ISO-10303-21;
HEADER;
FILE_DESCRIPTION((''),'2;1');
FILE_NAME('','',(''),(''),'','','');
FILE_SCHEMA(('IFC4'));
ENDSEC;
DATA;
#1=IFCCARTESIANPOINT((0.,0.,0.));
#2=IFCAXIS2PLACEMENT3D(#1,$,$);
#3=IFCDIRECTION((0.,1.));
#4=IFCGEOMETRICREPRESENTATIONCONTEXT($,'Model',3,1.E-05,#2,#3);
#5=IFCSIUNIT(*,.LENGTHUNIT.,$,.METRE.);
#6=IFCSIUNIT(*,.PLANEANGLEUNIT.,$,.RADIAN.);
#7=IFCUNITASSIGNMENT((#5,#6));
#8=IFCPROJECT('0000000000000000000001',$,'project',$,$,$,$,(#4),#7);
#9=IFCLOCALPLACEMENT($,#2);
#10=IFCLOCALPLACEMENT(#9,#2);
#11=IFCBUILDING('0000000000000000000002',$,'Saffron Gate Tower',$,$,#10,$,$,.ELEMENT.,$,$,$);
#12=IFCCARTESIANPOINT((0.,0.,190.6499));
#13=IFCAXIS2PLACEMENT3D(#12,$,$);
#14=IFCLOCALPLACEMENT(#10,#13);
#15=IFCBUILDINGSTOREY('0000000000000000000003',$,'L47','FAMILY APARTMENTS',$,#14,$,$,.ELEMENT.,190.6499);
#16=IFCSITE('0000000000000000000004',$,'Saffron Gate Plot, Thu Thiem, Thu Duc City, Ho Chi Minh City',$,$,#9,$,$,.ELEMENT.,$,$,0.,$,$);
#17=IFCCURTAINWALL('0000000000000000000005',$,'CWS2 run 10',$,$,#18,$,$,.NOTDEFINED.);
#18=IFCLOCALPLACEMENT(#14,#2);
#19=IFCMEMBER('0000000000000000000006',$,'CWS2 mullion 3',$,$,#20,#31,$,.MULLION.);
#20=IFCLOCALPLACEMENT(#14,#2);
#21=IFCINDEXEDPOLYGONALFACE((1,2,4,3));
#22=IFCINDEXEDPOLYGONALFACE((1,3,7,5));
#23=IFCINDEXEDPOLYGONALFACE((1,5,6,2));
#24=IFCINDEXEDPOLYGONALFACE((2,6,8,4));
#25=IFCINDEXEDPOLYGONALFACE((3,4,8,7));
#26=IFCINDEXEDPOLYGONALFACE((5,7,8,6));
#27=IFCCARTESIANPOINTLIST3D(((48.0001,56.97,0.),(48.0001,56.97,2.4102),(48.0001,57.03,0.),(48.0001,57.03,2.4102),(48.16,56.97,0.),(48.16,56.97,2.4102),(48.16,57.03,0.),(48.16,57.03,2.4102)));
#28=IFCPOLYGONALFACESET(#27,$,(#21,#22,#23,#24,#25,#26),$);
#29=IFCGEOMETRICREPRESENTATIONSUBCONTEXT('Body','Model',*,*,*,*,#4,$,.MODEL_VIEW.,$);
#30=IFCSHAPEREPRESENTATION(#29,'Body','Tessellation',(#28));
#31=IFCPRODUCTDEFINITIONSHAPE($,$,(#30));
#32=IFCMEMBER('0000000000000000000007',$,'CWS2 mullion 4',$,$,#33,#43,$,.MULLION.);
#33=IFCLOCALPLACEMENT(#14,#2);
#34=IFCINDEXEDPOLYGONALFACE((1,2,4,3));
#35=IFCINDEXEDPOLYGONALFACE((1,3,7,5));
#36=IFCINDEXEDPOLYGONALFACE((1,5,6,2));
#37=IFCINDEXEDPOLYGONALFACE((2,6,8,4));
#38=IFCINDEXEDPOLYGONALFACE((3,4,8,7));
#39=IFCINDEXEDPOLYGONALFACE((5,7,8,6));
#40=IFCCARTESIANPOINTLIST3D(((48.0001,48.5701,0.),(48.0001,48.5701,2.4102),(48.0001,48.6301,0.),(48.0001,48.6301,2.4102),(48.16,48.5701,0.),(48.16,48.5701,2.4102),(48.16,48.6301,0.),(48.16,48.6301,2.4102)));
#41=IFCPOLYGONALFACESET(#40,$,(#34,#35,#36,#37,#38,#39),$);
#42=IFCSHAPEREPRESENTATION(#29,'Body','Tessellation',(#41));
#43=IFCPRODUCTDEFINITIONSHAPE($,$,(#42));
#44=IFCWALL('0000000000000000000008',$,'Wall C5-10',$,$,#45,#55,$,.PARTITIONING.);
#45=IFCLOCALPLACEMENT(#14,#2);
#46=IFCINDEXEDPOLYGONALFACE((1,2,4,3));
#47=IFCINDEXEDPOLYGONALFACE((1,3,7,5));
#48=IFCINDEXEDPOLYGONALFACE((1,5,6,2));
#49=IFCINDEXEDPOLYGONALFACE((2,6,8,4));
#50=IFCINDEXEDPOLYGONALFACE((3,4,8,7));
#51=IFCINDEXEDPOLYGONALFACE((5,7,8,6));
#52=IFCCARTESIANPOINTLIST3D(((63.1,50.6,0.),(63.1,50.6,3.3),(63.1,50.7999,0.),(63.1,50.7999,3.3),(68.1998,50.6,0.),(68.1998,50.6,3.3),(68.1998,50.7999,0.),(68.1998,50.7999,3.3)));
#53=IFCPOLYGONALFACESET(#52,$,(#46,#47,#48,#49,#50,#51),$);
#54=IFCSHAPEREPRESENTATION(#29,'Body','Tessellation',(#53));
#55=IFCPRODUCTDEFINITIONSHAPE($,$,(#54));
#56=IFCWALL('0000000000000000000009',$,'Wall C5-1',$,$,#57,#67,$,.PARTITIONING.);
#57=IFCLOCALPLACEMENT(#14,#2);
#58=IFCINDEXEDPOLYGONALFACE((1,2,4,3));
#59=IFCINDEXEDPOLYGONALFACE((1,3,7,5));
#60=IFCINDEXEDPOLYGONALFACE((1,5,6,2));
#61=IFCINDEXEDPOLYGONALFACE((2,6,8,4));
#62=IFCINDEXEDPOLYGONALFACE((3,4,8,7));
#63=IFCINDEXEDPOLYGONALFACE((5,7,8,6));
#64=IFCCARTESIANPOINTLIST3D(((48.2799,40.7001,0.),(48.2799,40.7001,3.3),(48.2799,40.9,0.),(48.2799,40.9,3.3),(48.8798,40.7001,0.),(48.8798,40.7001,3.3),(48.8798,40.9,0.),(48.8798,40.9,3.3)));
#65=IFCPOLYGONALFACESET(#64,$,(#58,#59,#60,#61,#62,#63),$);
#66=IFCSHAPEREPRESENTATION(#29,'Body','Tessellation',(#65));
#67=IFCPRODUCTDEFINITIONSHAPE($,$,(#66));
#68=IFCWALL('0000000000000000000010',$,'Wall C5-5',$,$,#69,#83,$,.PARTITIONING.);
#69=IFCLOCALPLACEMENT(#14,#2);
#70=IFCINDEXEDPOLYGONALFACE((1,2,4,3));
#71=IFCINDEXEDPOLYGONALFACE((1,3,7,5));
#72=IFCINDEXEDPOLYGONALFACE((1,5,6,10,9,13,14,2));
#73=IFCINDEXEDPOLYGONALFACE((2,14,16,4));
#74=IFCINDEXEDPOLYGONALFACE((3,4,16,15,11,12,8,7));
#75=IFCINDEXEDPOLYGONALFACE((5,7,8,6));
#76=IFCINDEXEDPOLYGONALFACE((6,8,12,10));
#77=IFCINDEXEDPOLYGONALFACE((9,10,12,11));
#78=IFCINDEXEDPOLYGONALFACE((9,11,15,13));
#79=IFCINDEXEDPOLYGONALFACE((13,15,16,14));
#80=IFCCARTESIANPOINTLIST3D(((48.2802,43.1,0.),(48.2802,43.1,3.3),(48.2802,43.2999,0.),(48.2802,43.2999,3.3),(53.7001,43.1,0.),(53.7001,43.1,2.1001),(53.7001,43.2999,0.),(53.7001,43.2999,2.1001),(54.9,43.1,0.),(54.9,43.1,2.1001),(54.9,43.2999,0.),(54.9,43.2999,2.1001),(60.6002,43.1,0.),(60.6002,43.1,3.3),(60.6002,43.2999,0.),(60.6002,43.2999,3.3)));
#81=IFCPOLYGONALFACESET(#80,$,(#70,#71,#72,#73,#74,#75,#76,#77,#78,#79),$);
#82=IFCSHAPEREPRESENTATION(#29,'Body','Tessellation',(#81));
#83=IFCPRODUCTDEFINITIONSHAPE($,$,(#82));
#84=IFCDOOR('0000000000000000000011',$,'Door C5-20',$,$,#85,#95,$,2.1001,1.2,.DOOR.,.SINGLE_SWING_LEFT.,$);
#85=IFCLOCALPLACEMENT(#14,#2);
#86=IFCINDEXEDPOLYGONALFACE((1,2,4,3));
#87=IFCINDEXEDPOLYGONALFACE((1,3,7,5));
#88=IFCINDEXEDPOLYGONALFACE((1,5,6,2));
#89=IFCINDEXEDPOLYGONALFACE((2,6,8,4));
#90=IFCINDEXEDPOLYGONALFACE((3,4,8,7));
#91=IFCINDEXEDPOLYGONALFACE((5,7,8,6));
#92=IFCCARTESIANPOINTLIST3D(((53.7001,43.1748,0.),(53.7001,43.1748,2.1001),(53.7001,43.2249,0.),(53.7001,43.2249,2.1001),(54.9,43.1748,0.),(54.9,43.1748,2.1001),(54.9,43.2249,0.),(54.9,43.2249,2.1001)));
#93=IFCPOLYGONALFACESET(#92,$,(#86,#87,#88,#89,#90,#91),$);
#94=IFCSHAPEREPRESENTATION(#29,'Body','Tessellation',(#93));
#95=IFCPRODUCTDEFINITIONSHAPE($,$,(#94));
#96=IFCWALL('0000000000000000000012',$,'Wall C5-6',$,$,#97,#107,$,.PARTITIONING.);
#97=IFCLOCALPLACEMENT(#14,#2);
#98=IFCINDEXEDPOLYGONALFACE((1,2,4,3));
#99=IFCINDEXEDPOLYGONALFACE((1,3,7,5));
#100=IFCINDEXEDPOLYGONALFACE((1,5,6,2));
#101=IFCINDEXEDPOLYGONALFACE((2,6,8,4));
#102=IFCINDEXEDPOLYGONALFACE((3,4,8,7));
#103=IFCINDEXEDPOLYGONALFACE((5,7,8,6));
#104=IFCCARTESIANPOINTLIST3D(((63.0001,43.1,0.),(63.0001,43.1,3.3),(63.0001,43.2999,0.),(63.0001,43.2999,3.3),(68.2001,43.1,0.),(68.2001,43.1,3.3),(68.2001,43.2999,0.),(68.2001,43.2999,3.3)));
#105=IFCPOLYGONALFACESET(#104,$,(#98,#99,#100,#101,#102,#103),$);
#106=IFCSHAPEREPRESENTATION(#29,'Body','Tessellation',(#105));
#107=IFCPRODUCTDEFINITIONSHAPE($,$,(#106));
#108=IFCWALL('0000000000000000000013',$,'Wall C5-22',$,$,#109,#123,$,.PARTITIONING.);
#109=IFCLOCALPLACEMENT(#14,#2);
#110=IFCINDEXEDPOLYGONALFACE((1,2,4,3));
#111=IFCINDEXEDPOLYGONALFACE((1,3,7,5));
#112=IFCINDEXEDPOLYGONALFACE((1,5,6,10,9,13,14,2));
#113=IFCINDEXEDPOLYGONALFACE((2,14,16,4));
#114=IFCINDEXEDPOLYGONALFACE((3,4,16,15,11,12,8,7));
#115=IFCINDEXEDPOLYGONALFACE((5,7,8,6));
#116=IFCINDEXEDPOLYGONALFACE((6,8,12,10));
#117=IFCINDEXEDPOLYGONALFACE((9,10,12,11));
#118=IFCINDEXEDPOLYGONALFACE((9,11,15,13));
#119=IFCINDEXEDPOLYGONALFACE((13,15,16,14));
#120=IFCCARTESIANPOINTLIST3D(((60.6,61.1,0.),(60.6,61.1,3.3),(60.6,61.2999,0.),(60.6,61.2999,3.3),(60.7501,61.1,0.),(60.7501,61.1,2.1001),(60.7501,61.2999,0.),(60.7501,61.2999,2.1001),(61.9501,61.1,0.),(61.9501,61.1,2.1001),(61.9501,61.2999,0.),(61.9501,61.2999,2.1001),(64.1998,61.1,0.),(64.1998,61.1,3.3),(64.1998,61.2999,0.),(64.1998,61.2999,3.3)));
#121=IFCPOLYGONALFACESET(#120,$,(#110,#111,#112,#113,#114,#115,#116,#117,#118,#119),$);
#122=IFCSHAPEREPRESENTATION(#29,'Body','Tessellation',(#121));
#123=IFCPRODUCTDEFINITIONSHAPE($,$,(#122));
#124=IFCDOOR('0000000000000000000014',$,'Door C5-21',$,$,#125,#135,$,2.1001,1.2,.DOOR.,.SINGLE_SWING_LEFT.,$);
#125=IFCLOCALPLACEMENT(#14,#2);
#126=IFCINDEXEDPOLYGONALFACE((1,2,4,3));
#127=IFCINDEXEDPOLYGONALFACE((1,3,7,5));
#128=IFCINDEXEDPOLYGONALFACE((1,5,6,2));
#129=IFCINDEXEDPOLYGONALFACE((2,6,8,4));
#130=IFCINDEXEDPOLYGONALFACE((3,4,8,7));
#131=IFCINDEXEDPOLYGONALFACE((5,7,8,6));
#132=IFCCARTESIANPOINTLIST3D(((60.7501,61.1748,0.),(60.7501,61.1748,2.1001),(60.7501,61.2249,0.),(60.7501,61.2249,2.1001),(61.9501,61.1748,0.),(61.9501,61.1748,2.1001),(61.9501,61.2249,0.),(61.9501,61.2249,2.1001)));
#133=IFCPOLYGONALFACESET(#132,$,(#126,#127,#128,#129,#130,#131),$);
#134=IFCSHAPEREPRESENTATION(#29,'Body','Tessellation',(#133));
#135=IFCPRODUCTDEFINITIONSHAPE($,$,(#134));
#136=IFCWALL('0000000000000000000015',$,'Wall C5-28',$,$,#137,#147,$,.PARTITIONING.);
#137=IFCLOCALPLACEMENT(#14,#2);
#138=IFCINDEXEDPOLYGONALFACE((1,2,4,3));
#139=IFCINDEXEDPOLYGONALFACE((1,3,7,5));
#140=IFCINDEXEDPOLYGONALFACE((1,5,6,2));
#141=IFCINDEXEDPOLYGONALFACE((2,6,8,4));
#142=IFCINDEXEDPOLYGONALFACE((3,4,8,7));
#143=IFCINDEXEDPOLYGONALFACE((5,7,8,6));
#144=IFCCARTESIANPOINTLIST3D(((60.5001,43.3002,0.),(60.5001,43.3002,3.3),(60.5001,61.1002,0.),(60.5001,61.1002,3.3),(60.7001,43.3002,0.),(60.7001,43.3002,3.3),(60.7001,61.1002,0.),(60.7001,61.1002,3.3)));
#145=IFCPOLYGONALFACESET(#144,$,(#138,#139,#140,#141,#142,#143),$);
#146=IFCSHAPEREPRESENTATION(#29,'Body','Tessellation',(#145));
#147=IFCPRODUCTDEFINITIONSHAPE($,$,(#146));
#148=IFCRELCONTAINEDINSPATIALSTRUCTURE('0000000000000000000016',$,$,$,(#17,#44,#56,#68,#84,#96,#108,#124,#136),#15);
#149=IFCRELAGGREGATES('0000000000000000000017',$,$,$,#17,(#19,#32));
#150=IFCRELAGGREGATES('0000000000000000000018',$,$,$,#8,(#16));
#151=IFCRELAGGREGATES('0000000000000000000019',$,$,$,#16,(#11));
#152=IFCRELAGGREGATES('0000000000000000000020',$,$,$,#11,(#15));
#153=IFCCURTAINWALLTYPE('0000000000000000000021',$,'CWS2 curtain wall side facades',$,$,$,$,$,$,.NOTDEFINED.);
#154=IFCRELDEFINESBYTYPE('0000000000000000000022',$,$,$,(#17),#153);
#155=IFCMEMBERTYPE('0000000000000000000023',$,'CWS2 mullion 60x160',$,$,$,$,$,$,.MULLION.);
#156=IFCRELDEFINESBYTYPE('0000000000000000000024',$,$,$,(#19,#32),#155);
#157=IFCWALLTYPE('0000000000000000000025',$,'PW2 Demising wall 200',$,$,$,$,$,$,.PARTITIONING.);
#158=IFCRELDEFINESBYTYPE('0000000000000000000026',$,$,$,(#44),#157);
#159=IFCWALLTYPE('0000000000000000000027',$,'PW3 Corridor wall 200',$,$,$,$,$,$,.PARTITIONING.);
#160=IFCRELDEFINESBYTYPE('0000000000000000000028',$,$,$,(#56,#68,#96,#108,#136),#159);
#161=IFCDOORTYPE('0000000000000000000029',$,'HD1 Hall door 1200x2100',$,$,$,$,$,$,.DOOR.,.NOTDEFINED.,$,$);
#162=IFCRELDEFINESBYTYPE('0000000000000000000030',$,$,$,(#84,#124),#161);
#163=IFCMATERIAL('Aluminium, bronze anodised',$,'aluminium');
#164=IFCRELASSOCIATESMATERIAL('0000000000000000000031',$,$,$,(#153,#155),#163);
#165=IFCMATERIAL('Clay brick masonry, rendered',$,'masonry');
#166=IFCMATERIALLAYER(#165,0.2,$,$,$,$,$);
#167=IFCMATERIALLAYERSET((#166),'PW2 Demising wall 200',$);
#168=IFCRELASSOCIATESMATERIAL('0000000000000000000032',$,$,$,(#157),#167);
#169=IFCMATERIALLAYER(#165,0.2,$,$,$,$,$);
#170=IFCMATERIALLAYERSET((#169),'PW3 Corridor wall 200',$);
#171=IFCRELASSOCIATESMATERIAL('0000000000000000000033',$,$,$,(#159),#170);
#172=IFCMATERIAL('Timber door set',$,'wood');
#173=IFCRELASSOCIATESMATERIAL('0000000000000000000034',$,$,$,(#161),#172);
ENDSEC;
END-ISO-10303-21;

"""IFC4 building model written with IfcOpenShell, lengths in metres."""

from ifc_helpers import new_model, si_unit, direction, frame, frame_2d, origin, origin_2d, place, context, subcontext, project, spatial, rectangle, extrude, material, layer, layer_set, material_profile, profile_set, type_object, element, fill, aggregate, save


model = new_model("IFC4")

# Units and contexts
model_context = context("Model", 3, precision=1e-05, world=origin(), true_north=direction((0.0, 1.0)))
body_context = subcontext(model_context, "Body", "Model", "MODEL_VIEW")
ifc_project = project(units=[si_unit("LENGTHUNIT", "METRE"), si_unit("PLANEANGLEUNIT", "RADIAN")], contexts=[model_context])

# Site, building, storey
site_placement = place(None, origin())
site = spatial("IfcSite", under=ifc_project, at=site_placement, Name="Saffron Gate Plot, Thu Thiem, Thu Duc City, Ho Chi Minh City", CompositionType="ELEMENT", RefElevation=0.0)
building_placement = place(site_placement, origin())
building = spatial("IfcBuilding", under=site, at=building_placement, Name="Saffron Gate Tower", CompositionType="ELEMENT")
storey_placement = place(building_placement, frame((0.0, 0.0, 190.6499)))
storey = spatial("IfcBuildingStorey", under=building, at=storey_placement, Name="L47", Description="FAMILY APARTMENTS", CompositionType="ELEMENT", Elevation=190.6499)

# Curtain wall, members
ifc_material_1 = material(Name="Aluminium, bronze anodised", Category="aluminium")
curtain_wall_type = type_object("IfcCurtainWallType", Name="CWS2 curtain wall side facades", PredefinedType="NOTDEFINED", material=ifc_material_1)
curtain_wall_placement = place(storey_placement, origin())
curtain_wall = element("IfcCurtainWall", 1, at=curtain_wall_placement, inside=storey, type_object=curtain_wall_type, Name="CWS2 run 10", PredefinedType="NOTDEFINED")
ifc_material_profile_1 = material_profile(ifc_material_1, rectangle(XDim=0.1599, YDim=0.0601, at=origin_2d()))
ifc_profile_set_1 = profile_set([ifc_material_profile_1], Name="Aluminium, bronze anodised")
member_type = type_object("IfcMemberType", Name="CWS2 mullion 60x160", PredefinedType="MULLION", material=ifc_profile_set_1)
member_1_placement = place(storey_placement, frame((48.0801, 57.0, 0.0), z_axis=(0.0, 0.0, 1.0), x_axis=(1.0, 0.0, 0.0)))
member_1 = element("IfcMember", 2, at=member_1_placement, type_object=member_type, Name="CWS2 mullion 3", PredefinedType="MULLION", context=body_context, shape_type="SweptSolid", body=[
    extrude(rectangle(XDim=0.1599, YDim=0.0601, at=origin_2d()), origin(), (0.0, 0.0, 1.0), 2.4102),
])
member_2_placement = place(storey_placement, frame((48.0801, 48.6001, 0.0), z_axis=(0.0, 0.0, 1.0), x_axis=(1.0, 0.0, 0.0)))
member_2 = element("IfcMember", 3, at=member_2_placement, type_object=member_type, Name="CWS2 mullion 4", PredefinedType="MULLION", context=body_context, shape_type="SweptSolid", body=[
    extrude(rectangle(XDim=0.1599, YDim=0.0601, at=origin_2d()), origin(), (0.0, 0.0, 1.0), 2.4102),
])
aggregate(curtain_wall, [member_1, member_2])

# Walls
ifc_material_2 = material(Name="Clay brick masonry, rendered", Category="masonry")
ifc_layer_1 = layer(ifc_material_2, 0.2)
ifc_layer_set_1 = layer_set([ifc_layer_1], Name="PW2 Demising wall 200")
wall_type_1 = type_object("IfcWallType", Name="PW2 Demising wall 200", PredefinedType="PARTITIONING", material=ifc_layer_set_1)
wall_1_placement = place(storey_placement, frame((63.1001, 50.7, 0.0), z_axis=(0.0, 0.0, 1.0), x_axis=(1.0, 0.0, 0.0)))
element("IfcWall", 4, at=wall_1_placement, inside=storey, type_object=wall_type_1, Name="Wall C5-10", PredefinedType="PARTITIONING", context=body_context, shape_type="SweptSolid", body=[
    extrude(rectangle(XDim=5.0999, YDim=0.2, at=frame_2d((2.5498, 0.0))), origin(), (0.0, 0.0, 1.0), 3.3),
])
ifc_layer_2 = layer(ifc_material_2, 0.2)
ifc_layer_set_2 = layer_set([ifc_layer_2], Name="PW3 Corridor wall 200")
wall_type_2 = type_object("IfcWallType", Name="PW3 Corridor wall 200", PredefinedType="PARTITIONING", material=ifc_layer_set_2)
wall_2_placement = place(storey_placement, frame((48.28, 40.8, 0.0), z_axis=(0.0, 0.0, 1.0), x_axis=(1.0, 0.0, 0.0)))
element("IfcWall", 5, at=wall_2_placement, inside=storey, type_object=wall_type_2, Name="Wall C5-1", PredefinedType="PARTITIONING", context=body_context, shape_type="SweptSolid", body=[
    extrude(rectangle(XDim=0.5999, YDim=0.2, at=frame_2d((0.2998, 0.0))), origin(), (0.0, 0.0, 1.0), 3.3),
])

# Wall, opening, door
wall_3_placement = place(storey_placement, frame((48.28, 43.2, 0.0), z_axis=(0.0, 0.0, 1.0), x_axis=(1.0, 0.0, 0.0)))
wall_3 = element("IfcWall", 6, at=wall_3_placement, inside=storey, type_object=wall_type_2, Name="Wall C5-5", PredefinedType="PARTITIONING", context=body_context, shape_type="SweptSolid", body=[
    extrude(rectangle(XDim=12.3201, YDim=0.2, at=frame_2d((6.1602, 0.0))), origin(), (0.0, 0.0, 1.0), 3.3),
])
opening_1_placement = place(wall_3_placement, frame((5.4199, 0.0, 0.0)))
opening_1 = element("IfcOpeningElement", 7, at=opening_1_placement, cuts=wall_3, PredefinedType="OPENING", context=body_context, shape_type="SweptSolid", body=[
    extrude(rectangle(XDim=1.2, YDim=2.1001, at=frame_2d((0.6001, 1.05))), frame((0.0, 0.1099, 0.0), z_axis=(0.0, -1.0, 0.0), x_axis=(1.0, 0.0, 0.0)), (0.0, 0.0, 1.0), 0.22),
])
ifc_material_3 = material(Name="Timber door set", Category="wood")
door_type_1 = type_object("IfcDoorType", Name="HD1 Hall door 1200x2100", OperationType="NOTDEFINED", PredefinedType="DOOR", material=ifc_material_3)
door_1_placement = place(opening_1_placement, origin())
door_1 = element("IfcDoor", 8, at=door_1_placement, inside=storey, type_object=door_type_1, Name="Door C5-20", OperationType="SINGLE_SWING_LEFT", OverallHeight=2.1001, OverallWidth=1.2, PredefinedType="DOOR", context=body_context, shape_type="SweptSolid", body=[
    extrude(rectangle(XDim=1.2, YDim=2.1001, at=frame_2d((0.6001, 1.05))), frame((0.0, 0.0249, 0.0), z_axis=(0.0, -1.0, 0.0), x_axis=(1.0, 0.0, 0.0)), (0.0, 0.0, 1.0), 0.05),
])
fill(opening_1, door_1)

# Wall
wall_4_placement = place(storey_placement, frame((63.0, 43.2, 0.0), z_axis=(0.0, 0.0, 1.0), x_axis=(1.0, 0.0, 0.0)))
element("IfcWall", 9, at=wall_4_placement, inside=storey, type_object=wall_type_2, Name="Wall C5-6", PredefinedType="PARTITIONING", context=body_context, shape_type="SweptSolid", body=[
    extrude(rectangle(XDim=5.2, YDim=0.2, at=frame_2d((2.6001, 0.0))), origin(), (0.0, 0.0, 1.0), 3.3),
])

# Wall, opening, door
wall_5_placement = place(storey_placement, frame((60.6001, 61.2, 0.0), z_axis=(0.0, 0.0, 1.0), x_axis=(1.0, 0.0, 0.0)))
wall_5 = element("IfcWall", 10, at=wall_5_placement, inside=storey, type_object=wall_type_2, Name="Wall C5-22", PredefinedType="PARTITIONING", context=body_context, shape_type="SweptSolid", body=[
    extrude(rectangle(XDim=3.5999, YDim=0.2, at=frame_2d((1.7998, 0.0))), origin(), (0.0, 0.0, 1.0), 3.3),
])
opening_2_placement = place(wall_5_placement, frame((0.1499, 0.0, 0.0)))
opening_2 = element("IfcOpeningElement", 11, at=opening_2_placement, cuts=wall_5, PredefinedType="OPENING", context=body_context, shape_type="SweptSolid", body=[
    extrude(rectangle(XDim=1.2, YDim=2.1001, at=frame_2d((0.6001, 1.05))), frame((0.0, 0.1099, 0.0), z_axis=(0.0, -1.0, 0.0), x_axis=(1.0, 0.0, 0.0)), (0.0, 0.0, 1.0), 0.22),
])
door_2_placement = place(opening_2_placement, origin())
door_2 = element("IfcDoor", 12, at=door_2_placement, inside=storey, type_object=door_type_1, Name="Door C5-21", OperationType="SINGLE_SWING_LEFT", OverallHeight=2.1001, OverallWidth=1.2, PredefinedType="DOOR", context=body_context, shape_type="SweptSolid", body=[
    extrude(rectangle(XDim=1.2, YDim=2.1001, at=frame_2d((0.6001, 1.05))), frame((0.0, 0.0249, 0.0), z_axis=(0.0, -1.0, 0.0), x_axis=(1.0, 0.0, 0.0)), (0.0, 0.0, 1.0), 0.05),
])
fill(opening_2, door_2)

# Wall
wall_6_placement = place(storey_placement, frame((60.6001, 61.1001, 0.0), z_axis=(0.0, 0.0, 1.0), x_axis=(0.0, -1.0, 0.0)))
element("IfcWall", 13, at=wall_6_placement, inside=storey, type_object=wall_type_2, Name="Wall C5-28", PredefinedType="PARTITIONING", context=body_context, shape_type="SweptSolid", body=[
    extrude(rectangle(XDim=17.8, YDim=0.2, at=frame_2d((8.8999, 0.0))), origin(), (0.0, 0.0, 1.0), 3.3),
])

save(model, "model.ifc")
